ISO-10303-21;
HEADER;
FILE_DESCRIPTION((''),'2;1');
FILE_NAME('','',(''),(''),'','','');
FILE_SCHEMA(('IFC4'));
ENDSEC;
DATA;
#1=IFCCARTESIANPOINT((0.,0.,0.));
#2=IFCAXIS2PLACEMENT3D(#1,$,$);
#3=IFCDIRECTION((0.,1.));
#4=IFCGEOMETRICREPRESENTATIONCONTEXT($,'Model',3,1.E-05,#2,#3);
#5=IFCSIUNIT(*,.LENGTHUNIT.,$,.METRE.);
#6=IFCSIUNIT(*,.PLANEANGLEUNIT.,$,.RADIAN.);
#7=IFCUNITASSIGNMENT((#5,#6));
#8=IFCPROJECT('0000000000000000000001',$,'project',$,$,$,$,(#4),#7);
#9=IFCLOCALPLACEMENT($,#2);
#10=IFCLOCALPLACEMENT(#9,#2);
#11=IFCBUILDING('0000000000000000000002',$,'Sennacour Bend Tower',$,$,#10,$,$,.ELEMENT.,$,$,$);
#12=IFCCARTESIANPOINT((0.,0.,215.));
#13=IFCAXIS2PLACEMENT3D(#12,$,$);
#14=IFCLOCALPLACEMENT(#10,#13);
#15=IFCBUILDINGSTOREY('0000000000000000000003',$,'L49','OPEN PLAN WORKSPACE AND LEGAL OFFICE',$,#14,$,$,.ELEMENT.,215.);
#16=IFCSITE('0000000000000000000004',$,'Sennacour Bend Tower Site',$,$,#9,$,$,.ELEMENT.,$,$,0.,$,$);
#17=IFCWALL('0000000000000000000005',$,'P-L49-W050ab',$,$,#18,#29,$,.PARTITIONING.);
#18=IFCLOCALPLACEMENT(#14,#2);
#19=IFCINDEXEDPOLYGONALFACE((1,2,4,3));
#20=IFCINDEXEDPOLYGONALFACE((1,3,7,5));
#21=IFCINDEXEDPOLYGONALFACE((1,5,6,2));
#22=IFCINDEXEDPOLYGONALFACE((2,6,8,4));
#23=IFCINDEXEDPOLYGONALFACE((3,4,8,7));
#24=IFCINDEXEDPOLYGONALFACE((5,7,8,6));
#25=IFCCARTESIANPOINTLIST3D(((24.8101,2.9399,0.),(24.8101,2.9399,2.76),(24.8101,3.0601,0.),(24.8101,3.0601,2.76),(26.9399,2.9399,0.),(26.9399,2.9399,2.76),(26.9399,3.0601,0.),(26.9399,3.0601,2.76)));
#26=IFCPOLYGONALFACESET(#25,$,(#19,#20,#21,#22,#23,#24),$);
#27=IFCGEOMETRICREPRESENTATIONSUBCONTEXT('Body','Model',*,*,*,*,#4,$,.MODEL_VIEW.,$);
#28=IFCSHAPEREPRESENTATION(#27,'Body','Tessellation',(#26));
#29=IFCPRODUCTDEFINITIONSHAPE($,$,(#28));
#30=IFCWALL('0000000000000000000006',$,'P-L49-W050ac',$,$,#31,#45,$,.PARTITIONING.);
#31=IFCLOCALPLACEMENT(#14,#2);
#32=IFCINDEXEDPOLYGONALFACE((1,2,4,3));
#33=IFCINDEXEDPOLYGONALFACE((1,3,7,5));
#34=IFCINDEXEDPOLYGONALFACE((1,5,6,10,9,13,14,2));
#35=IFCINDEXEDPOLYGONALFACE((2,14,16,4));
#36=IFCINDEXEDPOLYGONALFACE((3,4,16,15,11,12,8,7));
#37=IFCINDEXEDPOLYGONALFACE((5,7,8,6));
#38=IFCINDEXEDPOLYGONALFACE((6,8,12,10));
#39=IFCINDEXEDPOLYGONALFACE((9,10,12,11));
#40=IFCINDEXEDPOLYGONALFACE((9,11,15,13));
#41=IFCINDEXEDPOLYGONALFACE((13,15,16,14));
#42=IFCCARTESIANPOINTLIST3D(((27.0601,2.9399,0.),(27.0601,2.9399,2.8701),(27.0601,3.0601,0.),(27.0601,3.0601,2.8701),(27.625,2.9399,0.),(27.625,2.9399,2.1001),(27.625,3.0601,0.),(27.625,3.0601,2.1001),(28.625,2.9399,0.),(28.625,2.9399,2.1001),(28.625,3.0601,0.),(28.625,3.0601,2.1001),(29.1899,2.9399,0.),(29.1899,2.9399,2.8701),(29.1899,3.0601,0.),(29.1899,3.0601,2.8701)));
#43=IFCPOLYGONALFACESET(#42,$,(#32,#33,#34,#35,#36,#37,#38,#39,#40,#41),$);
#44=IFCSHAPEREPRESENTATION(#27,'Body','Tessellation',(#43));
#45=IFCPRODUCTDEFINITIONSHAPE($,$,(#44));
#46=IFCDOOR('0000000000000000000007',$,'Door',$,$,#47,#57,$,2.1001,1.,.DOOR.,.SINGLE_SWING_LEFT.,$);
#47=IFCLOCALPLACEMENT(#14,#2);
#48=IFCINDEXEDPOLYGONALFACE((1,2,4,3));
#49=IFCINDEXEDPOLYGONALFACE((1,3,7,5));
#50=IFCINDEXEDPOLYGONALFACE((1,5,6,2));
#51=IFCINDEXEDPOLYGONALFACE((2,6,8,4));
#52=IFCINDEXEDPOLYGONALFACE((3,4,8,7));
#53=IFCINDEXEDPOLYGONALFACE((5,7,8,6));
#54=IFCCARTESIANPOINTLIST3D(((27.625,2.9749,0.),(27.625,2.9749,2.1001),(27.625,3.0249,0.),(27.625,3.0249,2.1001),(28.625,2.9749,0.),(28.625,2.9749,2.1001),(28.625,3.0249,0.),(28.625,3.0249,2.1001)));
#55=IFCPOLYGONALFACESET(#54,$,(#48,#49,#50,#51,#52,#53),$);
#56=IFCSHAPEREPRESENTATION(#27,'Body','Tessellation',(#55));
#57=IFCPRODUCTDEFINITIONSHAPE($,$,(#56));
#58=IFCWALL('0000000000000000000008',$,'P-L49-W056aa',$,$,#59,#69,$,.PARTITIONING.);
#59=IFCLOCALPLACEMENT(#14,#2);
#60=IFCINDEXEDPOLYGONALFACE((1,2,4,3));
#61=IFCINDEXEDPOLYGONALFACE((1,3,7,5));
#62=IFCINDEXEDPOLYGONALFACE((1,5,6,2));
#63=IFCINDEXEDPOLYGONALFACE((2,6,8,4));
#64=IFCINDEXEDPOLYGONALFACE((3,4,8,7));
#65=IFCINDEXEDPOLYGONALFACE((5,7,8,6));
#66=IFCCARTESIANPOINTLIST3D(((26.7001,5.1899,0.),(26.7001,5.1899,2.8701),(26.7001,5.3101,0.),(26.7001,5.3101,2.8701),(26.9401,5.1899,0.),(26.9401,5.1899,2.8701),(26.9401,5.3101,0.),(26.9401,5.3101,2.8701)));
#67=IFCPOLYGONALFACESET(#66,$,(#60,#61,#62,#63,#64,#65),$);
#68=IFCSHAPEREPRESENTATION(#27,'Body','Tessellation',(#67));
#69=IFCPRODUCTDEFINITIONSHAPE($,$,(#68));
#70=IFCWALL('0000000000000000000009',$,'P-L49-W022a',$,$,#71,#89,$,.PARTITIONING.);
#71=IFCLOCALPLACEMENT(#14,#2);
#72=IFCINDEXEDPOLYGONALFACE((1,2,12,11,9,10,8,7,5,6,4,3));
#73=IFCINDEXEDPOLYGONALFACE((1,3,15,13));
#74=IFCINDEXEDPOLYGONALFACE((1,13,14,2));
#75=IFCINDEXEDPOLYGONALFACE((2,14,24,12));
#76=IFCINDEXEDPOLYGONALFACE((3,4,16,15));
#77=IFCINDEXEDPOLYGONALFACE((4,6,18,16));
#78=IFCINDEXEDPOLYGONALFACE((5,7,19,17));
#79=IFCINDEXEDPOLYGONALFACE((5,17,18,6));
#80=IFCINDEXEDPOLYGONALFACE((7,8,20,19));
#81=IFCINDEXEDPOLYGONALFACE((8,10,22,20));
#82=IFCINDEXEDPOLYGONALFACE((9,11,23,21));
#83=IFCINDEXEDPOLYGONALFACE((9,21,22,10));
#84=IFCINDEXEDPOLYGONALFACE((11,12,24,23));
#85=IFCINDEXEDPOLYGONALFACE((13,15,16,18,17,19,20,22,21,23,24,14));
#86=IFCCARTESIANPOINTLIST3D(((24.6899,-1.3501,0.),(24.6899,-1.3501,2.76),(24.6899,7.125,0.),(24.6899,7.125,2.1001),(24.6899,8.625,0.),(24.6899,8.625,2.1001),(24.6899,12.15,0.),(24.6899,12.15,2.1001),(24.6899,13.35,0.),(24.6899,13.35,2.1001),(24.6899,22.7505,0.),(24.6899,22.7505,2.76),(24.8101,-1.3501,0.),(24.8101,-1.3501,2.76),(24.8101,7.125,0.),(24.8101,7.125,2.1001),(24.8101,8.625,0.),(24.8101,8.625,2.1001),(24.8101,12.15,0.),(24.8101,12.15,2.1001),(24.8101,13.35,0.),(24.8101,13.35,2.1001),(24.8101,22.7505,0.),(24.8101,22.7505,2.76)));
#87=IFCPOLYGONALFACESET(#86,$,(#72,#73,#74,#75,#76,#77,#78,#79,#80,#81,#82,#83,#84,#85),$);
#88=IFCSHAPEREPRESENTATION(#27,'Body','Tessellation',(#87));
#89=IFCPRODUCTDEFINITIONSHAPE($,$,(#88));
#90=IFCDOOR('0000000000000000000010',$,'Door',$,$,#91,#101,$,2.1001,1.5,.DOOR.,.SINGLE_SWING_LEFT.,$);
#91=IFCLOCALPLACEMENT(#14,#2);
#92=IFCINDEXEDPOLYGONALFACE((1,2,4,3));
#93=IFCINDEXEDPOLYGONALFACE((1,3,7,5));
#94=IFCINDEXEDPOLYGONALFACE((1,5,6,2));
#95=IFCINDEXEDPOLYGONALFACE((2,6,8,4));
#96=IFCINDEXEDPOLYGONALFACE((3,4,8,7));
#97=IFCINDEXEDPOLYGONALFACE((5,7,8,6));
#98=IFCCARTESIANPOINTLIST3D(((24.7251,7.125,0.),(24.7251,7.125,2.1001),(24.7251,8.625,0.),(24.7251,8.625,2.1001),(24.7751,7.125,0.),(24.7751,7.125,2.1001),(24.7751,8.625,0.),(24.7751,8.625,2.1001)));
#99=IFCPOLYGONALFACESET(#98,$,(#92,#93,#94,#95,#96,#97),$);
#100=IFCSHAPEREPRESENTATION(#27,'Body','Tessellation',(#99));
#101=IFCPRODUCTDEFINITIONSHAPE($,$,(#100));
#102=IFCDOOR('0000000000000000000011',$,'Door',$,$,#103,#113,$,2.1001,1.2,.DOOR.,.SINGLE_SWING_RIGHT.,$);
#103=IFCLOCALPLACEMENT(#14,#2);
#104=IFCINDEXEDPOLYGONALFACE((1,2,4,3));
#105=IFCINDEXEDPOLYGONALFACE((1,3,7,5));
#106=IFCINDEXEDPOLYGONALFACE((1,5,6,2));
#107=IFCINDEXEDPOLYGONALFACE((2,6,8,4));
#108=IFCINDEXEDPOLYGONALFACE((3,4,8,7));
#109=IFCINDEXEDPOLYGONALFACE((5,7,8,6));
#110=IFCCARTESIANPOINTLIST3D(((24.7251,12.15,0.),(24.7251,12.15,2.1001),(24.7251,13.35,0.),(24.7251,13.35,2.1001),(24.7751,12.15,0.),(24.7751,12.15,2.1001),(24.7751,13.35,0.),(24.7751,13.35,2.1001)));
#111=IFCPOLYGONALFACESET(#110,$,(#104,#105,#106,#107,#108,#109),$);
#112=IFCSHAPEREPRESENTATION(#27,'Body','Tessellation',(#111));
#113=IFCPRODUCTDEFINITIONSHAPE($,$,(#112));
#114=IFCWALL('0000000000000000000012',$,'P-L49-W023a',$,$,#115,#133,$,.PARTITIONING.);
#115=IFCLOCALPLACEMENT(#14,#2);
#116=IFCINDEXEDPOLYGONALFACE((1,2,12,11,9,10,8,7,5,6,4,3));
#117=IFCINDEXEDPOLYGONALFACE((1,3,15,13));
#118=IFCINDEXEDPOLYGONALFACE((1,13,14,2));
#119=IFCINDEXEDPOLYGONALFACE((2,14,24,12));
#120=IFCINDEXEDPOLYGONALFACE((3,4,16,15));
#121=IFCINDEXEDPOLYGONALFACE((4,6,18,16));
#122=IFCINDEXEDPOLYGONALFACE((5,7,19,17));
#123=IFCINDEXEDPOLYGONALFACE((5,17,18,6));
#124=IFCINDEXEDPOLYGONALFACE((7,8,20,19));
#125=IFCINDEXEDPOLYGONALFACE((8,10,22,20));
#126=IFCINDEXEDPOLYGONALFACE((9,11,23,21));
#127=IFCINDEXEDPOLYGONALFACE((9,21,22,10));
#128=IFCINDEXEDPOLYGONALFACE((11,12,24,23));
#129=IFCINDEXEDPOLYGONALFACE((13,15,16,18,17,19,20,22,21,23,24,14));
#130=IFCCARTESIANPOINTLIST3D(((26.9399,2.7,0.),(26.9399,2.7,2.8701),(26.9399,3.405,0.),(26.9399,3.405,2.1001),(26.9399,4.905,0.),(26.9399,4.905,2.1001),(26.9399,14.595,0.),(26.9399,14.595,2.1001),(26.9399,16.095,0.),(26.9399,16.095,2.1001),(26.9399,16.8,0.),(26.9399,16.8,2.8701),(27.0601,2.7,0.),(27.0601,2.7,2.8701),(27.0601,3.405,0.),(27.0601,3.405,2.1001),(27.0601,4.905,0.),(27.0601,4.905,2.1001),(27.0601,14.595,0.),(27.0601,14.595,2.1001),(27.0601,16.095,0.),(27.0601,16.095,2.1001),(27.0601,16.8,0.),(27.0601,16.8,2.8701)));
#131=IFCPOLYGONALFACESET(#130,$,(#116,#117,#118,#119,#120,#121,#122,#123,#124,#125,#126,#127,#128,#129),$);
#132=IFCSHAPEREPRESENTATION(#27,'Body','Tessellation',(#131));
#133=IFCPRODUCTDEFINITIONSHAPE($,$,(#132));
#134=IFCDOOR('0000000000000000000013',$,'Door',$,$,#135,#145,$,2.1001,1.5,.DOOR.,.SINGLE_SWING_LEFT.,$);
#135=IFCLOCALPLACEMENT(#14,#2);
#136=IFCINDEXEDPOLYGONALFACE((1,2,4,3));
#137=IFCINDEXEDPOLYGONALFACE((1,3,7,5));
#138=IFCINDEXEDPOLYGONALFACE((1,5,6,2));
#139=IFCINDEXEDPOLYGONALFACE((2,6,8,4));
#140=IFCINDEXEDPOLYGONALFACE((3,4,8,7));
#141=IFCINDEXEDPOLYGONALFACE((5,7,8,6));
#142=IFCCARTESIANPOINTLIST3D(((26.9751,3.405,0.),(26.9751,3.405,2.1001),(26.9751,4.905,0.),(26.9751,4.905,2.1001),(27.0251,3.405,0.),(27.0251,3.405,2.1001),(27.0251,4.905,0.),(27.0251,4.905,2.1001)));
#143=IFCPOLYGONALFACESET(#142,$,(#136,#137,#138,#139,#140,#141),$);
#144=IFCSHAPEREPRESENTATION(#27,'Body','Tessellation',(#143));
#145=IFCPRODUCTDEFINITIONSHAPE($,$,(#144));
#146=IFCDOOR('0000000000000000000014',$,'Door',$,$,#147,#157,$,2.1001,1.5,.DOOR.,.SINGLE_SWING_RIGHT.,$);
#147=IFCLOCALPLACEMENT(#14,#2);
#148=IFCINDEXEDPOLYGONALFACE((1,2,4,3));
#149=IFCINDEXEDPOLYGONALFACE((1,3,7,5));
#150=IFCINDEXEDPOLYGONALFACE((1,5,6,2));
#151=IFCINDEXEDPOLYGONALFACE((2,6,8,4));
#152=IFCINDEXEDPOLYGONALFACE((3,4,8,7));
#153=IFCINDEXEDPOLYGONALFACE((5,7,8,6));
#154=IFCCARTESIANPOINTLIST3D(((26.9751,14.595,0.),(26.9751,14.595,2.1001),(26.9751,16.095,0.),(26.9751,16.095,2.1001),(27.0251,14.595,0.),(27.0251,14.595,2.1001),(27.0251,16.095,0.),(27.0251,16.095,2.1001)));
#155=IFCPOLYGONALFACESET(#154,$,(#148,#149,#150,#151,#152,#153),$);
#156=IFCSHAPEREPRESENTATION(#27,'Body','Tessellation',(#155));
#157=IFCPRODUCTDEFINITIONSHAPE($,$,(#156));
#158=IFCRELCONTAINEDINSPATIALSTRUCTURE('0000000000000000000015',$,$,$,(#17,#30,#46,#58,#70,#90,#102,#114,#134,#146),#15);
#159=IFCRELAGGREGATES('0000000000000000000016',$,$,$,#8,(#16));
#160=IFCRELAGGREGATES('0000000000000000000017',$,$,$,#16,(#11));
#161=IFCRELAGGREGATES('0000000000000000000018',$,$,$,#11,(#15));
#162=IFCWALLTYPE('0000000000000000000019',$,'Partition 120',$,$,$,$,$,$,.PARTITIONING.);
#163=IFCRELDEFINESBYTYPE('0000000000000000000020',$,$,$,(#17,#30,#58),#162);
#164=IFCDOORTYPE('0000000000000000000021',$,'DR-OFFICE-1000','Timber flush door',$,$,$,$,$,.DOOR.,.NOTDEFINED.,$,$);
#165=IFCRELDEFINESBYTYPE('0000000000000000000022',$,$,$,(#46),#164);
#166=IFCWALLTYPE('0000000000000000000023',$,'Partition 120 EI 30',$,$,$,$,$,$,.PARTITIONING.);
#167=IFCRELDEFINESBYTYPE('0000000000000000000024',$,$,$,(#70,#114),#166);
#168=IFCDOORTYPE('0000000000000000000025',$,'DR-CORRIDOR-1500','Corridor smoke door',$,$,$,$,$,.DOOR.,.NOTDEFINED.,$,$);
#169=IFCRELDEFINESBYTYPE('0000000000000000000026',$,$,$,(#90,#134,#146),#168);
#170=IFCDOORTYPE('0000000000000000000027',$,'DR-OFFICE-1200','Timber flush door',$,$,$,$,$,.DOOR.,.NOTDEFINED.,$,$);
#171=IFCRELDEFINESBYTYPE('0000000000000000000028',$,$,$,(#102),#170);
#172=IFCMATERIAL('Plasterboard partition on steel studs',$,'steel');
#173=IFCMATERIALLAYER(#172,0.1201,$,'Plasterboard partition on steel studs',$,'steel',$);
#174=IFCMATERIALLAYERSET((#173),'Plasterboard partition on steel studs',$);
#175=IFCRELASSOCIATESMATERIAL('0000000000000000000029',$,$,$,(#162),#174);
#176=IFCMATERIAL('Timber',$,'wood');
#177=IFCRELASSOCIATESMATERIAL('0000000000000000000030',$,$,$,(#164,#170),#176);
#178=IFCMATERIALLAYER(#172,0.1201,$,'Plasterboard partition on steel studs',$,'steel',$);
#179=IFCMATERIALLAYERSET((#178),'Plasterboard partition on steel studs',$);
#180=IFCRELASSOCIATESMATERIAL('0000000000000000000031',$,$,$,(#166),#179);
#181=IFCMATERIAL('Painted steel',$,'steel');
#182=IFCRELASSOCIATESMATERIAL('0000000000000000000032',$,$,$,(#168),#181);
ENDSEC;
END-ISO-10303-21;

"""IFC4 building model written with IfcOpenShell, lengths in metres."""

from ifc_helpers import new_model, si_unit, direction, frame, frame_2d, origin, place, context, subcontext, project, spatial, rectangle, extrude, material, layer, layer_set, type_object, element, fill, save


model = new_model("IFC4")

# Units and contexts
model_context = context("Model", 3, precision=1e-05, world=origin(), true_north=direction((0.0, 1.0)))
body_context = subcontext(model_context, "Body", "Model", "MODEL_VIEW")
ifc_project = project(units=[si_unit("LENGTHUNIT", "METRE"), si_unit("PLANEANGLEUNIT", "RADIAN")], contexts=[model_context])

# Site, building, storey
site_placement = place(None, origin())
site = spatial("IfcSite", under=ifc_project, at=site_placement, Name="Sennacour Bend Tower Site", CompositionType="ELEMENT", RefElevation=0.0)
building_placement = place(site_placement, origin())
building = spatial("IfcBuilding", under=site, at=building_placement, Name="Sennacour Bend Tower", CompositionType="ELEMENT")
storey_placement = place(building_placement, frame((0.0, 0.0, 215.0)))
storey = spatial("IfcBuildingStorey", under=building, at=storey_placement, Name="L49", Description="OPEN PLAN WORKSPACE AND LEGAL OFFICE", CompositionType="ELEMENT", Elevation=215.0)

# Wall
ifc_material_1 = material(Name="Plasterboard partition on steel studs", Category="steel")
ifc_layer_1 = layer(ifc_material_1, 0.1201, Name="Plasterboard partition on steel studs", Category="steel")
ifc_layer_set_1 = layer_set([ifc_layer_1], Name="Plasterboard partition on steel studs")
wall_type_1 = type_object("IfcWallType", Name="Partition 120", PredefinedType="PARTITIONING", material=ifc_layer_set_1)
wall_1_placement = place(storey_placement, frame((24.8101, 3.0, 0.0), z_axis=(0.0, 0.0, 1.0), x_axis=(1.0, 0.0, 0.0)))
element("IfcWall", 1, at=wall_1_placement, inside=storey, type_object=wall_type_1, Name="P-L49-W050ab", PredefinedType="PARTITIONING", context=body_context, shape_type="SweptSolid", body=[
    extrude(rectangle(XDim=2.1299, YDim=0.1201, at=frame_2d((1.0649, 0.0))), origin(), (0.0, 0.0, 1.0), 2.76),
])

# Wall, opening, door
wall_2_placement = place(storey_placement, frame((27.0601, 3.0, 0.0), z_axis=(0.0, 0.0, 1.0), x_axis=(1.0, 0.0, 0.0)))
wall_2 = element("IfcWall", 2, at=wall_2_placement, inside=storey, type_object=wall_type_1, Name="P-L49-W050ac", PredefinedType="PARTITIONING", context=body_context, shape_type="SweptSolid", body=[
    extrude(rectangle(XDim=2.1299, YDim=0.1201, at=frame_2d((1.0649, 0.0))), origin(), (0.0, 0.0, 1.0), 2.8701),
])
opening_1_placement = place(wall_2_placement, frame((0.5649, 0.0, 0.0)))
opening_1 = element("IfcOpeningElement", 3, at=opening_1_placement, cuts=wall_2, PredefinedType="OPENING", context=body_context, shape_type="SweptSolid", body=[
    extrude(rectangle(XDim=1.0, YDim=2.1001, at=frame_2d((0.5, 1.05))), frame((0.0, 0.0701, 0.0), z_axis=(0.0, -1.0, 0.0), x_axis=(1.0, 0.0, 0.0)), (0.0, 0.0, 1.0), 0.1401),
])
ifc_material_2 = material(Name="Timber", Category="wood")
door_type_1 = type_object("IfcDoorType", Name="DR-OFFICE-1000", Description="Timber flush door", OperationType="NOTDEFINED", PredefinedType="DOOR", material=ifc_material_2)
door_1_placement = place(opening_1_placement, origin())
door_1 = element("IfcDoor", 4, at=door_1_placement, inside=storey, type_object=door_type_1, Name="Door", OperationType="SINGLE_SWING_LEFT", OverallHeight=2.1001, OverallWidth=1.0, PredefinedType="DOOR", context=body_context, shape_type="SweptSolid", body=[
    extrude(rectangle(XDim=1.0, YDim=2.1001, at=frame_2d((0.5, 1.05))), frame((0.0, 0.0249, 0.0), z_axis=(0.0, -1.0, 0.0), x_axis=(1.0, 0.0, 0.0)), (0.0, 0.0, 1.0), 0.05),
])
fill(opening_1, door_1)

# Wall
wall_3_placement = place(storey_placement, frame((26.7, 5.25, 0.0), z_axis=(0.0, 0.0, 1.0), x_axis=(1.0, 0.0, 0.0)))
element("IfcWall", 5, at=wall_3_placement, inside=storey, type_object=wall_type_1, Name="P-L49-W056aa", PredefinedType="PARTITIONING", context=body_context, shape_type="SweptSolid", body=[
    extrude(rectangle(XDim=0.24, YDim=0.1201, at=frame_2d((0.1201, 0.0))), origin(), (0.0, 0.0, 1.0), 2.8701),
])

# Walls, openings, doors
ifc_layer_2 = layer(ifc_material_1, 0.1201, Name="Plasterboard partition on steel studs", Category="steel")
ifc_layer_set_2 = layer_set([ifc_layer_2], Name="Plasterboard partition on steel studs")
wall_type_2 = type_object("IfcWallType", Name="Partition 120 EI 30", PredefinedType="PARTITIONING", material=ifc_layer_set_2)
wall_4_placement = place(storey_placement, frame((24.75, -1.3501, 0.0), z_axis=(0.0, 0.0, 1.0), x_axis=(0.0, 1.0, 0.0)))
wall_4 = element("IfcWall", 6, at=wall_4_placement, inside=storey, type_object=wall_type_2, Name="P-L49-W022a", PredefinedType="PARTITIONING", context=body_context, shape_type="SweptSolid", body=[
    extrude(rectangle(XDim=24.1006, YDim=0.1201, at=frame_2d((12.0503, 0.0))), origin(), (0.0, 0.0, 1.0), 2.76),
])
opening_2_placement = place(wall_4_placement, frame((8.4751, 0.0, 0.0)))
opening_2 = element("IfcOpeningElement", 7, at=opening_2_placement, cuts=wall_4, PredefinedType="OPENING", context=body_context, shape_type="SweptSolid", body=[
    extrude(rectangle(XDim=1.5, YDim=2.1001, at=frame_2d((0.75, 1.05))), frame((0.0, 0.0701, 0.0), z_axis=(0.0, -1.0, 0.0), x_axis=(1.0, 0.0, 0.0)), (0.0, 0.0, 1.0), 0.1401),
])
opening_3_placement = place(wall_4_placement, frame((13.5, 0.0, 0.0)))
opening_3 = element("IfcOpeningElement", 8, at=opening_3_placement, cuts=wall_4, PredefinedType="OPENING", context=body_context, shape_type="SweptSolid", body=[
    extrude(rectangle(XDim=1.2, YDim=2.1001, at=frame_2d((0.6001, 1.05))), frame((0.0, 0.0701, 0.0), z_axis=(0.0, -1.0, 0.0), x_axis=(1.0, 0.0, 0.0)), (0.0, 0.0, 1.0), 0.1401),
])
ifc_material_3 = material(Name="Painted steel", Category="steel")
door_type_2 = type_object("IfcDoorType", Name="DR-CORRIDOR-1500", Description="Corridor smoke door", OperationType="NOTDEFINED", PredefinedType="DOOR", material=ifc_material_3)
door_2_placement = place(opening_2_placement, origin())
door_2 = element("IfcDoor", 9, at=door_2_placement, inside=storey, type_object=door_type_2, Name="Door", OperationType="SINGLE_SWING_LEFT", OverallHeight=2.1001, OverallWidth=1.5, PredefinedType="DOOR", context=body_context, shape_type="SweptSolid", body=[
    extrude(rectangle(XDim=1.5, YDim=2.1001, at=frame_2d((0.75, 1.05))), frame((0.0, 0.0249, 0.0), z_axis=(0.0, -1.0, 0.0), x_axis=(1.0, 0.0, 0.0)), (0.0, 0.0, 1.0), 0.05),
])
fill(opening_2, door_2)
door_type_3 = type_object("IfcDoorType", Name="DR-OFFICE-1200", Description="Timber flush door", OperationType="NOTDEFINED", PredefinedType="DOOR", material=ifc_material_2)
door_3_placement = place(opening_3_placement, origin())
door_3 = element("IfcDoor", 10, at=door_3_placement, inside=storey, type_object=door_type_3, Name="Door", OperationType="SINGLE_SWING_RIGHT", OverallHeight=2.1001, OverallWidth=1.2, PredefinedType="DOOR", context=body_context, shape_type="SweptSolid", body=[
    extrude(rectangle(XDim=1.2, YDim=2.1001, at=frame_2d((0.6001, 1.05))), frame((0.0, 0.0249, 0.0), z_axis=(0.0, -1.0, 0.0), x_axis=(1.0, 0.0, 0.0)), (0.0, 0.0, 1.0), 0.05),
])
fill(opening_3, door_3)
wall_5_placement = place(storey_placement, frame((27.0, 2.7, 0.0), z_axis=(0.0, 0.0, 1.0), x_axis=(0.0, 1.0, 0.0)))
wall_5 = element("IfcWall", 11, at=wall_5_placement, inside=storey, type_object=wall_type_2, Name="P-L49-W023a", PredefinedType="PARTITIONING", context=body_context, shape_type="SweptSolid", body=[
    extrude(rectangle(XDim=14.1001, YDim=0.1201, at=frame_2d((7.05, 0.0))), origin(), (0.0, 0.0, 1.0), 2.8701),
])
opening_4_placement = place(wall_5_placement, frame((0.7051, 0.0, 0.0)))
opening_4 = element("IfcOpeningElement", 12, at=opening_4_placement, cuts=wall_5, PredefinedType="OPENING", context=body_context, shape_type="SweptSolid", body=[
    extrude(rectangle(XDim=1.5, YDim=2.1001, at=frame_2d((0.75, 1.05))), frame((0.0, 0.0701, 0.0), z_axis=(0.0, -1.0, 0.0), x_axis=(1.0, 0.0, 0.0)), (0.0, 0.0, 1.0), 0.1401),
])
opening_5_placement = place(wall_5_placement, frame((11.895, 0.0, 0.0)))
opening_5 = element("IfcOpeningElement", 13, at=opening_5_placement, cuts=wall_5, PredefinedType="OPENING", context=body_context, shape_type="SweptSolid", body=[
    extrude(rectangle(XDim=1.5, YDim=2.1001, at=frame_2d((0.75, 1.05))), frame((0.0, 0.0701, 0.0), z_axis=(0.0, -1.0, 0.0), x_axis=(1.0, 0.0, 0.0)), (0.0, 0.0, 1.0), 0.1401),
])
door_4_placement = place(opening_4_placement, origin())
door_4 = element("IfcDoor", 14, at=door_4_placement, inside=storey, type_object=door_type_2, Name="Door", OperationType="SINGLE_SWING_LEFT", OverallHeight=2.1001, OverallWidth=1.5, PredefinedType="DOOR", context=body_context, shape_type="SweptSolid", body=[
    extrude(rectangle(XDim=1.5, YDim=2.1001, at=frame_2d((0.75, 1.05))), frame((0.0, 0.0249, 0.0), z_axis=(0.0, -1.0, 0.0), x_axis=(1.0, 0.0, 0.0)), (0.0, 0.0, 1.0), 0.05),
])
fill(opening_4, door_4)
door_5_placement = place(opening_5_placement, origin())
door_5 = element("IfcDoor", 15, at=door_5_placement, inside=storey, type_object=door_type_2, Name="Door", OperationType="SINGLE_SWING_RIGHT", OverallHeight=2.1001, OverallWidth=1.5, PredefinedType="DOOR", context=body_context, shape_type="SweptSolid", body=[
    extrude(rectangle(XDim=1.5, YDim=2.1001, at=frame_2d((0.75, 1.05))), frame((0.0, 0.0249, 0.0), z_axis=(0.0, -1.0, 0.0), x_axis=(1.0, 0.0, 0.0)), (0.0, 0.0, 1.0), 0.05),
])
fill(opening_5, door_5)

save(model, "model.ifc")
